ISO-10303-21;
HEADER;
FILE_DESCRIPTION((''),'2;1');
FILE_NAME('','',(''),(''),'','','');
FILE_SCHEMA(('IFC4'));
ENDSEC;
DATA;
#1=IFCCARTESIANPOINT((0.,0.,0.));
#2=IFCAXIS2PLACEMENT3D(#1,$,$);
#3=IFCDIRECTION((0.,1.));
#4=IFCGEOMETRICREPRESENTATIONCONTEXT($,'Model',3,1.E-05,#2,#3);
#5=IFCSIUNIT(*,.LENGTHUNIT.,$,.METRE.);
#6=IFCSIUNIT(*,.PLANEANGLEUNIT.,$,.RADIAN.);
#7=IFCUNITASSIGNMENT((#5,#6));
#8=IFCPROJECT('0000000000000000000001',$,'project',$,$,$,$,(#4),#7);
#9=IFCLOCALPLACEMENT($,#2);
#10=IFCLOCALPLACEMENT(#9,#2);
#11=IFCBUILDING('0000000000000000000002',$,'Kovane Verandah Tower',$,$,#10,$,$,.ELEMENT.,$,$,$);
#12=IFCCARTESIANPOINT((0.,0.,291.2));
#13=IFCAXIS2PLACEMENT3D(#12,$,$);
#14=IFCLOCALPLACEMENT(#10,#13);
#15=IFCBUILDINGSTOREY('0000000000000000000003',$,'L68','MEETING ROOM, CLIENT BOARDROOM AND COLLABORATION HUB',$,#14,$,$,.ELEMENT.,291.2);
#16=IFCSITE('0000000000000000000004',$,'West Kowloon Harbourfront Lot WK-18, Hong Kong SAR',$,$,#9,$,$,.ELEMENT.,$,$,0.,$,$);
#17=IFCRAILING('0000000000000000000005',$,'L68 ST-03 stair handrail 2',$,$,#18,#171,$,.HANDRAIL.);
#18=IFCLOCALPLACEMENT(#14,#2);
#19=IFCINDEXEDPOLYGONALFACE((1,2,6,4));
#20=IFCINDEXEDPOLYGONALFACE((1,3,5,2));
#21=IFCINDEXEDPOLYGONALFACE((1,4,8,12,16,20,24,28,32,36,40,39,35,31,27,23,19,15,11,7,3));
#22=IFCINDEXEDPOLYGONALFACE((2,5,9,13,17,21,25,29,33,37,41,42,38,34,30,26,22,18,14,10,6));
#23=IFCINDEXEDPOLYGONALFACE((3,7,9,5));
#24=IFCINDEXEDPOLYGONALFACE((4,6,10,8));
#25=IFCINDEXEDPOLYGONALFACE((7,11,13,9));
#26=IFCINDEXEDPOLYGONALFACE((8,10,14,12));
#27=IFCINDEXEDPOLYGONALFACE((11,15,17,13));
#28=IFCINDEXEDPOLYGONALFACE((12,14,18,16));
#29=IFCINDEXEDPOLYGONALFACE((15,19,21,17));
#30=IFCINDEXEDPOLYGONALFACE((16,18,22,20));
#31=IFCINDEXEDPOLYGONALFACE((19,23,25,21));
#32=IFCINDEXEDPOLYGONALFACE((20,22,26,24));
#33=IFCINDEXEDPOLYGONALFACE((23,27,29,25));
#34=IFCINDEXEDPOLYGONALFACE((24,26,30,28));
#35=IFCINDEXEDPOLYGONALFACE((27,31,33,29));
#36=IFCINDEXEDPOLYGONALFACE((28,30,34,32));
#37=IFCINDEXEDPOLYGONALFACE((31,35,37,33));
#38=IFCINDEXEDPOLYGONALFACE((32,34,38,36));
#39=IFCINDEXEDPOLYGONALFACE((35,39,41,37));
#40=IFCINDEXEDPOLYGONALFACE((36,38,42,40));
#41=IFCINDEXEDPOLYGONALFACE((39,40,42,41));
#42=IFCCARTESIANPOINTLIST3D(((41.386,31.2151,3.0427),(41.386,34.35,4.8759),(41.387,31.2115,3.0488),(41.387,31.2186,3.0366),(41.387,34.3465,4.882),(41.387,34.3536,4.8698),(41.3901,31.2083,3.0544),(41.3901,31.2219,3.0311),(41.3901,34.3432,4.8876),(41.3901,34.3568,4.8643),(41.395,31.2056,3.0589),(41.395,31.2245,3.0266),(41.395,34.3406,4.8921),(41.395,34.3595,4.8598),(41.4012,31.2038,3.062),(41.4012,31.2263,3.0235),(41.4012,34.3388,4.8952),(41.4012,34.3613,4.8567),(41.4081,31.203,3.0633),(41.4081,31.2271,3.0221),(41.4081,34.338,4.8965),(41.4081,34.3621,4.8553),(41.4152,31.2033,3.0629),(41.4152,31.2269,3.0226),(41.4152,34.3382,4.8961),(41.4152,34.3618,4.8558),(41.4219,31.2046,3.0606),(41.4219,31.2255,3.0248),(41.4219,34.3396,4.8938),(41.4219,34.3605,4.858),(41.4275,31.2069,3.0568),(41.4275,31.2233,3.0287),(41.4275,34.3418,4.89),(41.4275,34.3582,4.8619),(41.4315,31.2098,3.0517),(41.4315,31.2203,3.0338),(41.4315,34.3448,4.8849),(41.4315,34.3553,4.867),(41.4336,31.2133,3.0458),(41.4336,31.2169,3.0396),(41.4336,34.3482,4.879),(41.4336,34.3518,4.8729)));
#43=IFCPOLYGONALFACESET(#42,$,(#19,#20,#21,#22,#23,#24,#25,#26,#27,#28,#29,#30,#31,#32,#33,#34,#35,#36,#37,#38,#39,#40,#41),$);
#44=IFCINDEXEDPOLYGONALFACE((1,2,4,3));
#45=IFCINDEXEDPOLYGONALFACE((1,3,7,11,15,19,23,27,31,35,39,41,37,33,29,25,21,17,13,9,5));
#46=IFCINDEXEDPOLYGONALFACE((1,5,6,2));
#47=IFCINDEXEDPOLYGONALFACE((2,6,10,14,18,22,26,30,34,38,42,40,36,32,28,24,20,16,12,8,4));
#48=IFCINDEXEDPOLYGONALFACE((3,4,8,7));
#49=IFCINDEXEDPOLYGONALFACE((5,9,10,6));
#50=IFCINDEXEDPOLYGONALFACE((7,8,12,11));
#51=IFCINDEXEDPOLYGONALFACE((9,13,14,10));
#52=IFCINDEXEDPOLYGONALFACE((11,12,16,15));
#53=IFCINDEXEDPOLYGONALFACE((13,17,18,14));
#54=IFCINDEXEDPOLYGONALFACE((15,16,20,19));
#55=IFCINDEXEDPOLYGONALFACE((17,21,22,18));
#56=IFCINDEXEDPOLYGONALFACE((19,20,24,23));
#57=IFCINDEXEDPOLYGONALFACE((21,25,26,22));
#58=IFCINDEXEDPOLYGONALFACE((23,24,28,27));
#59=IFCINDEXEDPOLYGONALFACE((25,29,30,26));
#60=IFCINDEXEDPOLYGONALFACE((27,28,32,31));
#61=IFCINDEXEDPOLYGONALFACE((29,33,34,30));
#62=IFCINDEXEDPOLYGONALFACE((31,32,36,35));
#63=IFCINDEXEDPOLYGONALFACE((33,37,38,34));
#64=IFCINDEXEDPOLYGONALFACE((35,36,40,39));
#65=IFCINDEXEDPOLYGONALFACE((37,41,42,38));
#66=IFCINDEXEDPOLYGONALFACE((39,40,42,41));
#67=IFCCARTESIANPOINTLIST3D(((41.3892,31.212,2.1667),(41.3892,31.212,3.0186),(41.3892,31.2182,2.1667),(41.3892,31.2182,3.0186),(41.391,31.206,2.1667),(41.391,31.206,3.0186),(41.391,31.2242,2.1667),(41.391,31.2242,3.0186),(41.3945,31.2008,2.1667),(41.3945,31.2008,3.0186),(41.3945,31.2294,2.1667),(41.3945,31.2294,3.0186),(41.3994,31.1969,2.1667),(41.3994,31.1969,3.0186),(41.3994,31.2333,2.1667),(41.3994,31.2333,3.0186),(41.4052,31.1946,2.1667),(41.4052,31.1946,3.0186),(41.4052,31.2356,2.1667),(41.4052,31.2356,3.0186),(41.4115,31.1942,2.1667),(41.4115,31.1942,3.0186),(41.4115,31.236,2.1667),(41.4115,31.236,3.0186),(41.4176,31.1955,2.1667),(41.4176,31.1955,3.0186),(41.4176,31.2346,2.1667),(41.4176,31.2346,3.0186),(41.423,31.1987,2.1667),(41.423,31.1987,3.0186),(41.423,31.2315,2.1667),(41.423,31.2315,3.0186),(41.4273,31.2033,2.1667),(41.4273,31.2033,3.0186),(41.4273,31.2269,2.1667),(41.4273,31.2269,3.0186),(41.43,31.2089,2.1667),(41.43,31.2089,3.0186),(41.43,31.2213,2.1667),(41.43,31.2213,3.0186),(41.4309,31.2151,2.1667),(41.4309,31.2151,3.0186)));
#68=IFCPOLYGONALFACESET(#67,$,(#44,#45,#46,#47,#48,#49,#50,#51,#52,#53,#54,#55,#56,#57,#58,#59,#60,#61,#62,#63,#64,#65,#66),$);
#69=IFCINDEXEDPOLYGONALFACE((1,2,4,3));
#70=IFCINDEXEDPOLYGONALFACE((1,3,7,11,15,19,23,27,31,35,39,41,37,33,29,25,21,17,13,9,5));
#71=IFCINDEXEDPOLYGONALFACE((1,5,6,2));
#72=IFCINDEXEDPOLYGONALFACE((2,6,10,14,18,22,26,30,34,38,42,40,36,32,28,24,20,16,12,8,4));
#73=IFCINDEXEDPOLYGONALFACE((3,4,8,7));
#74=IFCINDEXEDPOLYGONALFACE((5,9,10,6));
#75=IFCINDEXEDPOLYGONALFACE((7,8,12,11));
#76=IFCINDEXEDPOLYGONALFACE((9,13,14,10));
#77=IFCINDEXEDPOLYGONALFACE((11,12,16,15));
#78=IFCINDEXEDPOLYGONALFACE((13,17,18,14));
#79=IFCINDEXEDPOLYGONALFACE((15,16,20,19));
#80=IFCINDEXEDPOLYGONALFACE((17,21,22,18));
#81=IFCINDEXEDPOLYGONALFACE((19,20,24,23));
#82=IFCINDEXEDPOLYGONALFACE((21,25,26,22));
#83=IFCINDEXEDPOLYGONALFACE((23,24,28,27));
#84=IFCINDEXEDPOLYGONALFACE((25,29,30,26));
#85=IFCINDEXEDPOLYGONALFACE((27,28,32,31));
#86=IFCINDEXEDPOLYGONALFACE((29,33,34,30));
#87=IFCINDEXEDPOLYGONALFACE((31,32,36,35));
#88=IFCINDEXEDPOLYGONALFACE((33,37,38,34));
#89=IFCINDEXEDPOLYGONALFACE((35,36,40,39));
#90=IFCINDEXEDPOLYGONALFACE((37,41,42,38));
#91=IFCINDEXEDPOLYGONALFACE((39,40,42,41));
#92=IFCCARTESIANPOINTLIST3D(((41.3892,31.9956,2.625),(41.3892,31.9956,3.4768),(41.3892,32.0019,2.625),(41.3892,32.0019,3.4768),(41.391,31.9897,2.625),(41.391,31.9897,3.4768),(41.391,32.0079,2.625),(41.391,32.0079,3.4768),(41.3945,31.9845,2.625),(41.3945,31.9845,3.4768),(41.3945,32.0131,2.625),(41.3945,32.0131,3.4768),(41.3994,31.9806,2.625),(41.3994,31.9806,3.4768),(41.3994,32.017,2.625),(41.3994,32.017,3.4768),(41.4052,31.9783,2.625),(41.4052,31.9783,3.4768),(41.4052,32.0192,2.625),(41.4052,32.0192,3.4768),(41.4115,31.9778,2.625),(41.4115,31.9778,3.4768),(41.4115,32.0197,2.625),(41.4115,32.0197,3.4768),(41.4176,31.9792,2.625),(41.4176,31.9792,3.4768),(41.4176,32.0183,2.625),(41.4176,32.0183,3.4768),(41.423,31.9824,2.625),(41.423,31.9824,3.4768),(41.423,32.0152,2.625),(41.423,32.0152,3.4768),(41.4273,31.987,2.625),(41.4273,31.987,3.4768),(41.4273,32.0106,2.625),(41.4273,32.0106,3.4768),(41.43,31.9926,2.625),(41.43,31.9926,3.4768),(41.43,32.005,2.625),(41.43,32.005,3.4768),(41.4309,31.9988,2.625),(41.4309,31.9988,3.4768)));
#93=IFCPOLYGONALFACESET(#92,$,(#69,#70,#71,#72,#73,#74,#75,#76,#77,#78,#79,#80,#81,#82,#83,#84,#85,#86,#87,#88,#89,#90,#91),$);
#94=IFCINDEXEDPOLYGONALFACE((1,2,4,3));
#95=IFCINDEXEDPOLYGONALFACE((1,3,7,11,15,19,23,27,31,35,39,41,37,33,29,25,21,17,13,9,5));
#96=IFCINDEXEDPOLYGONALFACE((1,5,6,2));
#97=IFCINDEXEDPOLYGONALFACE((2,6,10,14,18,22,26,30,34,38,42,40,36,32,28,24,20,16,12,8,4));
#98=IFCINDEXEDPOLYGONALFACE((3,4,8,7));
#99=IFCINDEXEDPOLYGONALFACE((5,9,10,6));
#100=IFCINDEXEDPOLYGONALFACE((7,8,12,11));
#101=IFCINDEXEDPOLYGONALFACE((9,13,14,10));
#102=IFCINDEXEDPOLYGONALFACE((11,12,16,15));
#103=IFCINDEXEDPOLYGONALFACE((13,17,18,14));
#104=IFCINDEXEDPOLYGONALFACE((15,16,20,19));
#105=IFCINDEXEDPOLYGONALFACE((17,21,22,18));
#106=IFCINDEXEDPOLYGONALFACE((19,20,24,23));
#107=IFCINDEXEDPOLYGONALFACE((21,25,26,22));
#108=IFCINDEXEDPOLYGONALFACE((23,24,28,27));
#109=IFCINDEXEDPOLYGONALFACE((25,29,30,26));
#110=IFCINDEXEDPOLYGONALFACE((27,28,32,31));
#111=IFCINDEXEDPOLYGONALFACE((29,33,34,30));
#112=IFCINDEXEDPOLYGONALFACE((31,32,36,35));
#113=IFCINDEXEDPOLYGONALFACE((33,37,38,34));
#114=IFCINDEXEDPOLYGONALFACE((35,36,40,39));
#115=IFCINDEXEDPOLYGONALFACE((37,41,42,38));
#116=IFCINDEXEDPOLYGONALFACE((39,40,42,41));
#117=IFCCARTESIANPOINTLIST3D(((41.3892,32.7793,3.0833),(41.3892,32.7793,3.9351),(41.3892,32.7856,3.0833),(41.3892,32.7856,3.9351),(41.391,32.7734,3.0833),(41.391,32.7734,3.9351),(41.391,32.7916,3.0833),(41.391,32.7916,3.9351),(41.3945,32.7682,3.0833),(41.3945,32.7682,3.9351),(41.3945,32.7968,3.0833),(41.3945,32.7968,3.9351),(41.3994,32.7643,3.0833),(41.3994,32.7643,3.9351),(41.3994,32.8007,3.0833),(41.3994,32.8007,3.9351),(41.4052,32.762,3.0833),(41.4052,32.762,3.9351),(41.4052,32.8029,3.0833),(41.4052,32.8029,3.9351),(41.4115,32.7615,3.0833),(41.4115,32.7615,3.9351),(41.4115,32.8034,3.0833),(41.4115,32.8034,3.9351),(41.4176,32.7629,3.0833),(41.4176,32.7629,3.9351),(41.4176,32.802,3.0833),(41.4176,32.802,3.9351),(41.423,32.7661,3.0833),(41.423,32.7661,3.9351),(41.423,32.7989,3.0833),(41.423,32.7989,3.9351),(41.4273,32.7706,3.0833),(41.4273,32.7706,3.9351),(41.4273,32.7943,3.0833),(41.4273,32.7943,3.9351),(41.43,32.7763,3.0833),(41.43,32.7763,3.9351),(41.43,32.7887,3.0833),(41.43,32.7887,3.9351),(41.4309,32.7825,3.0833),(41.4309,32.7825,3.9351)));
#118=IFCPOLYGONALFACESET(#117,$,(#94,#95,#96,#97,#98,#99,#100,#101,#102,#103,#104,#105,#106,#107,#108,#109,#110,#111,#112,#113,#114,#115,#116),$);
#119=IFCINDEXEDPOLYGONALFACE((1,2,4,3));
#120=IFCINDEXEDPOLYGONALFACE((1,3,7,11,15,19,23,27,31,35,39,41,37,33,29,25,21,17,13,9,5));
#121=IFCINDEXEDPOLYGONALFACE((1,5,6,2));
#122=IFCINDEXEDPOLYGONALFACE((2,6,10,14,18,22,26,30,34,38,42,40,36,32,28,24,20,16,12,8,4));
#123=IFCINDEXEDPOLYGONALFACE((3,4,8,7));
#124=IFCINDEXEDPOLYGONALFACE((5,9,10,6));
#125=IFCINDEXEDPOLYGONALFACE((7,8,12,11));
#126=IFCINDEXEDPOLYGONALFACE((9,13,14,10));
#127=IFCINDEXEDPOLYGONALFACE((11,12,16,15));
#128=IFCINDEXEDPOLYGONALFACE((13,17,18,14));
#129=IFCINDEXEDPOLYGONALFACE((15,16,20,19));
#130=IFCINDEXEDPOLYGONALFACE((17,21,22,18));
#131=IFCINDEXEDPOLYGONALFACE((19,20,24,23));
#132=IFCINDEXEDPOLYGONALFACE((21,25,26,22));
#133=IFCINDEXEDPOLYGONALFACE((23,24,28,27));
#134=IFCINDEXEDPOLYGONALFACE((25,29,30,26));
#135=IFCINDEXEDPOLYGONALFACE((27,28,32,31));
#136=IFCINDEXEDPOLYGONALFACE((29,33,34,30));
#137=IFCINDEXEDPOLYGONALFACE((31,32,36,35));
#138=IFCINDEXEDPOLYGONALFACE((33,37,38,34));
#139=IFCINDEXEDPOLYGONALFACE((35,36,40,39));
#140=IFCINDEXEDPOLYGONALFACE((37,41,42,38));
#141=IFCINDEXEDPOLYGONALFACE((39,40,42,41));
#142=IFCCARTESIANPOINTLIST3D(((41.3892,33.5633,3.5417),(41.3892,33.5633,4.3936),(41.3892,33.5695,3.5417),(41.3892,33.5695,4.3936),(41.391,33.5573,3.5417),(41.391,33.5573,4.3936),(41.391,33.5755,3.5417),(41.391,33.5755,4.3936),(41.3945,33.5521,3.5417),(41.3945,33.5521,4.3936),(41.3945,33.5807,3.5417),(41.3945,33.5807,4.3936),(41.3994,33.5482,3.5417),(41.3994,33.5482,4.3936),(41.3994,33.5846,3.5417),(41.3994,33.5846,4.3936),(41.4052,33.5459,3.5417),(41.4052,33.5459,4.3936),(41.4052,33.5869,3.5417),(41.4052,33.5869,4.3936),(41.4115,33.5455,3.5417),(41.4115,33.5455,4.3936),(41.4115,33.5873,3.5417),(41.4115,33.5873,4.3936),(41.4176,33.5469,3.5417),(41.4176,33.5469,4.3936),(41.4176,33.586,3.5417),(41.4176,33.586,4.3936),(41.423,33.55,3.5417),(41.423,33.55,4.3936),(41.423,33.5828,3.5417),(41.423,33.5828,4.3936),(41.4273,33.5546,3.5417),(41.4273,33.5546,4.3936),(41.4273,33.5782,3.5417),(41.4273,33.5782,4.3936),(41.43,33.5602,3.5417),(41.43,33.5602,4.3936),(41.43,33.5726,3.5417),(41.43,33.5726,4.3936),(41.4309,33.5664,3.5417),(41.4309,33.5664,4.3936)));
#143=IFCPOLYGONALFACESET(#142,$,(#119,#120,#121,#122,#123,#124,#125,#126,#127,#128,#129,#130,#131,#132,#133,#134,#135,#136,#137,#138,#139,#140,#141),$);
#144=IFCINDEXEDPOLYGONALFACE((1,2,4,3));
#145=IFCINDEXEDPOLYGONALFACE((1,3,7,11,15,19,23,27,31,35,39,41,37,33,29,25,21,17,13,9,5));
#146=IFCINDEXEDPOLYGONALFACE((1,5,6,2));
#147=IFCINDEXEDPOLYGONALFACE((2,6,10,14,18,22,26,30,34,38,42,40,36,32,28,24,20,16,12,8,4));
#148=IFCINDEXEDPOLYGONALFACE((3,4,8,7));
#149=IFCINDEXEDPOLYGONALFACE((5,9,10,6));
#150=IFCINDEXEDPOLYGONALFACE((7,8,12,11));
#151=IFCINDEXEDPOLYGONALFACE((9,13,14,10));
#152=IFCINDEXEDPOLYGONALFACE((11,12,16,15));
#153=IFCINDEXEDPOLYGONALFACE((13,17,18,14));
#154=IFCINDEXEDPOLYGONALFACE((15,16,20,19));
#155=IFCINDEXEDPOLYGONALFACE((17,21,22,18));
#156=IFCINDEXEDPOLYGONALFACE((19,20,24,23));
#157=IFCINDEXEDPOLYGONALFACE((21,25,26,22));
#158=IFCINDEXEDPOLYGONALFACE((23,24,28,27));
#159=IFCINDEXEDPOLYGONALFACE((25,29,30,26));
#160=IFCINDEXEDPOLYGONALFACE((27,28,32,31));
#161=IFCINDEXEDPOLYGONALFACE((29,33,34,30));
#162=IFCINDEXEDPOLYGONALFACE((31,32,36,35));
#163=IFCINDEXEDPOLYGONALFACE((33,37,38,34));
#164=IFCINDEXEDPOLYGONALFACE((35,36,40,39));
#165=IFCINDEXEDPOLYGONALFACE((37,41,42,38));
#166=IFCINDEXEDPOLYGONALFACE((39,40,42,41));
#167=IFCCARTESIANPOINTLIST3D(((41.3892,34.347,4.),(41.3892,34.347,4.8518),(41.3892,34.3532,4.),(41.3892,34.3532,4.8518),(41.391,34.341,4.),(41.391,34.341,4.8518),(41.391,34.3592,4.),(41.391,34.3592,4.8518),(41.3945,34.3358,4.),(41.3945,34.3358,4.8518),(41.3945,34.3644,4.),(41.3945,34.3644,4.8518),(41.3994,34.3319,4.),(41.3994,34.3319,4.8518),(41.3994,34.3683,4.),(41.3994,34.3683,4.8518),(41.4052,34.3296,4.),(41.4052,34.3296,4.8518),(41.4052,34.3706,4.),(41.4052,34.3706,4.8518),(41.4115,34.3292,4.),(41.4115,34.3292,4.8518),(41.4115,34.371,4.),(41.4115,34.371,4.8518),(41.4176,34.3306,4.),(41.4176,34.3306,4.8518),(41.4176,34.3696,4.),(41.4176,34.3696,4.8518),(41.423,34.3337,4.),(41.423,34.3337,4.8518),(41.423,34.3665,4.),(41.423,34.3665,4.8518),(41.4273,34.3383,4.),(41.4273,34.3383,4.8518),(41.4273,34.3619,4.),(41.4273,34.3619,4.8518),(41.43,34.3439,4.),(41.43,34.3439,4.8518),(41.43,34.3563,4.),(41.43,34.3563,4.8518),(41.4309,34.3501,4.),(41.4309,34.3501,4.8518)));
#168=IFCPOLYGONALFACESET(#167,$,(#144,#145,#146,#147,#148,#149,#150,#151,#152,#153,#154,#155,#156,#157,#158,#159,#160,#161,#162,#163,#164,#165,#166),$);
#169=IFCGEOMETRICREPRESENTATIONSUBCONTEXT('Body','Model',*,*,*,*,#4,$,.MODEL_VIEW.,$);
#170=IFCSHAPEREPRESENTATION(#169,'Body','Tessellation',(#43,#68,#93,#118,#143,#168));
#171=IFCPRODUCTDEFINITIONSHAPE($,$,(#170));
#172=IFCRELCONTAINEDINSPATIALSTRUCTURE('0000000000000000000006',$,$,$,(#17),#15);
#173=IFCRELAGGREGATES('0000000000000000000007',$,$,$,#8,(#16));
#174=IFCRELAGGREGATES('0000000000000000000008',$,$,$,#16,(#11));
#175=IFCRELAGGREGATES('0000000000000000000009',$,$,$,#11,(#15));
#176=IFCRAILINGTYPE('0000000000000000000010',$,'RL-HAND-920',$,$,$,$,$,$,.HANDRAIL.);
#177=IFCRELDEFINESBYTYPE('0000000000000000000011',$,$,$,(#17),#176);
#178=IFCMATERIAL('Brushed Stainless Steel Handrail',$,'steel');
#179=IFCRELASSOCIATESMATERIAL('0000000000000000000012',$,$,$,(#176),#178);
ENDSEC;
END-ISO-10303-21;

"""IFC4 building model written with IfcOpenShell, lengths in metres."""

from ifc_helpers import new_model, si_unit, direction, frame, origin, origin_2d, place, context, subcontext, project, spatial, circle, extrude, material, type_object, element, save


model = new_model("IFC4")

# Units and contexts
model_context = context("Model", 3, precision=1e-05, world=origin(), true_north=direction((0.0, 1.0)))
body_context = subcontext(model_context, "Body", "Model", "MODEL_VIEW")
ifc_project = project(units=[si_unit("LENGTHUNIT", "METRE"), si_unit("PLANEANGLEUNIT", "RADIAN")], contexts=[model_context])

# Site, building, storey
site_placement = place(None, origin())
site = spatial("IfcSite", under=ifc_project, at=site_placement, Name="West Kowloon Harbourfront Lot WK-18, Hong Kong SAR", CompositionType="ELEMENT", RefElevation=0.0)
building_placement = place(site_placement, origin())
building = spatial("IfcBuilding", under=site, at=building_placement, Name="Kovane Verandah Tower", CompositionType="ELEMENT")
storey_placement = place(building_placement, frame((0.0, 0.0, 291.2)))
storey = spatial("IfcBuildingStorey", under=building, at=storey_placement, Name="L68", Description="MEETING ROOM, CLIENT BOARDROOM AND COLLABORATION HUB", CompositionType="ELEMENT", Elevation=291.2)

# Railing
ifc_material_1 = material(Name="Brushed Stainless Steel Handrail", Category="steel")
railing_type_1 = type_object("IfcRailingType", Name="RL-HAND-920", PredefinedType="HANDRAIL", material=ifc_material_1)
railing_1_placement = place(storey_placement, frame((41.4099, 31.2151, 2.1667)))
element("IfcRailing", 1, at=railing_1_placement, inside=storey, type_object=railing_type_1, Name="L68 ST-03 stair handrail 2", PredefinedType="HANDRAIL", context=body_context, shape_type="SweptSolid", body=[
    extrude(circle(Radius=0.0239, at=origin_2d()), frame((0.0, 0.0, 0.876), z_axis=(0.0, 0.86324, 0.504794), x_axis=(-1.0, 0.0, 0.0)), (0.0, 0.0, 1.0), 3.6316),
    extrude(circle(Radius=0.021, at=origin_2d()), origin(), (0.0, 0.0, 1.0), 0.8518),
    extrude(circle(Radius=0.021, at=origin_2d()), frame((0.0, 0.7837, 0.4583)), (0.0, 0.0, 1.0), 0.8518),
    extrude(circle(Radius=0.021, at=origin_2d()), frame((0.0, 1.5674, 0.9165)), (0.0, 0.0, 1.0), 0.8518),
    extrude(circle(Radius=0.021, at=origin_2d()), frame((0.0, 2.3513, 1.375)), (0.0, 0.0, 1.0), 0.8518),
    extrude(circle(Radius=0.021, at=origin_2d()), frame((0.0, 3.135, 1.8333)), (0.0, 0.0, 1.0), 0.8518),
])

save(model, "model.ifc")
